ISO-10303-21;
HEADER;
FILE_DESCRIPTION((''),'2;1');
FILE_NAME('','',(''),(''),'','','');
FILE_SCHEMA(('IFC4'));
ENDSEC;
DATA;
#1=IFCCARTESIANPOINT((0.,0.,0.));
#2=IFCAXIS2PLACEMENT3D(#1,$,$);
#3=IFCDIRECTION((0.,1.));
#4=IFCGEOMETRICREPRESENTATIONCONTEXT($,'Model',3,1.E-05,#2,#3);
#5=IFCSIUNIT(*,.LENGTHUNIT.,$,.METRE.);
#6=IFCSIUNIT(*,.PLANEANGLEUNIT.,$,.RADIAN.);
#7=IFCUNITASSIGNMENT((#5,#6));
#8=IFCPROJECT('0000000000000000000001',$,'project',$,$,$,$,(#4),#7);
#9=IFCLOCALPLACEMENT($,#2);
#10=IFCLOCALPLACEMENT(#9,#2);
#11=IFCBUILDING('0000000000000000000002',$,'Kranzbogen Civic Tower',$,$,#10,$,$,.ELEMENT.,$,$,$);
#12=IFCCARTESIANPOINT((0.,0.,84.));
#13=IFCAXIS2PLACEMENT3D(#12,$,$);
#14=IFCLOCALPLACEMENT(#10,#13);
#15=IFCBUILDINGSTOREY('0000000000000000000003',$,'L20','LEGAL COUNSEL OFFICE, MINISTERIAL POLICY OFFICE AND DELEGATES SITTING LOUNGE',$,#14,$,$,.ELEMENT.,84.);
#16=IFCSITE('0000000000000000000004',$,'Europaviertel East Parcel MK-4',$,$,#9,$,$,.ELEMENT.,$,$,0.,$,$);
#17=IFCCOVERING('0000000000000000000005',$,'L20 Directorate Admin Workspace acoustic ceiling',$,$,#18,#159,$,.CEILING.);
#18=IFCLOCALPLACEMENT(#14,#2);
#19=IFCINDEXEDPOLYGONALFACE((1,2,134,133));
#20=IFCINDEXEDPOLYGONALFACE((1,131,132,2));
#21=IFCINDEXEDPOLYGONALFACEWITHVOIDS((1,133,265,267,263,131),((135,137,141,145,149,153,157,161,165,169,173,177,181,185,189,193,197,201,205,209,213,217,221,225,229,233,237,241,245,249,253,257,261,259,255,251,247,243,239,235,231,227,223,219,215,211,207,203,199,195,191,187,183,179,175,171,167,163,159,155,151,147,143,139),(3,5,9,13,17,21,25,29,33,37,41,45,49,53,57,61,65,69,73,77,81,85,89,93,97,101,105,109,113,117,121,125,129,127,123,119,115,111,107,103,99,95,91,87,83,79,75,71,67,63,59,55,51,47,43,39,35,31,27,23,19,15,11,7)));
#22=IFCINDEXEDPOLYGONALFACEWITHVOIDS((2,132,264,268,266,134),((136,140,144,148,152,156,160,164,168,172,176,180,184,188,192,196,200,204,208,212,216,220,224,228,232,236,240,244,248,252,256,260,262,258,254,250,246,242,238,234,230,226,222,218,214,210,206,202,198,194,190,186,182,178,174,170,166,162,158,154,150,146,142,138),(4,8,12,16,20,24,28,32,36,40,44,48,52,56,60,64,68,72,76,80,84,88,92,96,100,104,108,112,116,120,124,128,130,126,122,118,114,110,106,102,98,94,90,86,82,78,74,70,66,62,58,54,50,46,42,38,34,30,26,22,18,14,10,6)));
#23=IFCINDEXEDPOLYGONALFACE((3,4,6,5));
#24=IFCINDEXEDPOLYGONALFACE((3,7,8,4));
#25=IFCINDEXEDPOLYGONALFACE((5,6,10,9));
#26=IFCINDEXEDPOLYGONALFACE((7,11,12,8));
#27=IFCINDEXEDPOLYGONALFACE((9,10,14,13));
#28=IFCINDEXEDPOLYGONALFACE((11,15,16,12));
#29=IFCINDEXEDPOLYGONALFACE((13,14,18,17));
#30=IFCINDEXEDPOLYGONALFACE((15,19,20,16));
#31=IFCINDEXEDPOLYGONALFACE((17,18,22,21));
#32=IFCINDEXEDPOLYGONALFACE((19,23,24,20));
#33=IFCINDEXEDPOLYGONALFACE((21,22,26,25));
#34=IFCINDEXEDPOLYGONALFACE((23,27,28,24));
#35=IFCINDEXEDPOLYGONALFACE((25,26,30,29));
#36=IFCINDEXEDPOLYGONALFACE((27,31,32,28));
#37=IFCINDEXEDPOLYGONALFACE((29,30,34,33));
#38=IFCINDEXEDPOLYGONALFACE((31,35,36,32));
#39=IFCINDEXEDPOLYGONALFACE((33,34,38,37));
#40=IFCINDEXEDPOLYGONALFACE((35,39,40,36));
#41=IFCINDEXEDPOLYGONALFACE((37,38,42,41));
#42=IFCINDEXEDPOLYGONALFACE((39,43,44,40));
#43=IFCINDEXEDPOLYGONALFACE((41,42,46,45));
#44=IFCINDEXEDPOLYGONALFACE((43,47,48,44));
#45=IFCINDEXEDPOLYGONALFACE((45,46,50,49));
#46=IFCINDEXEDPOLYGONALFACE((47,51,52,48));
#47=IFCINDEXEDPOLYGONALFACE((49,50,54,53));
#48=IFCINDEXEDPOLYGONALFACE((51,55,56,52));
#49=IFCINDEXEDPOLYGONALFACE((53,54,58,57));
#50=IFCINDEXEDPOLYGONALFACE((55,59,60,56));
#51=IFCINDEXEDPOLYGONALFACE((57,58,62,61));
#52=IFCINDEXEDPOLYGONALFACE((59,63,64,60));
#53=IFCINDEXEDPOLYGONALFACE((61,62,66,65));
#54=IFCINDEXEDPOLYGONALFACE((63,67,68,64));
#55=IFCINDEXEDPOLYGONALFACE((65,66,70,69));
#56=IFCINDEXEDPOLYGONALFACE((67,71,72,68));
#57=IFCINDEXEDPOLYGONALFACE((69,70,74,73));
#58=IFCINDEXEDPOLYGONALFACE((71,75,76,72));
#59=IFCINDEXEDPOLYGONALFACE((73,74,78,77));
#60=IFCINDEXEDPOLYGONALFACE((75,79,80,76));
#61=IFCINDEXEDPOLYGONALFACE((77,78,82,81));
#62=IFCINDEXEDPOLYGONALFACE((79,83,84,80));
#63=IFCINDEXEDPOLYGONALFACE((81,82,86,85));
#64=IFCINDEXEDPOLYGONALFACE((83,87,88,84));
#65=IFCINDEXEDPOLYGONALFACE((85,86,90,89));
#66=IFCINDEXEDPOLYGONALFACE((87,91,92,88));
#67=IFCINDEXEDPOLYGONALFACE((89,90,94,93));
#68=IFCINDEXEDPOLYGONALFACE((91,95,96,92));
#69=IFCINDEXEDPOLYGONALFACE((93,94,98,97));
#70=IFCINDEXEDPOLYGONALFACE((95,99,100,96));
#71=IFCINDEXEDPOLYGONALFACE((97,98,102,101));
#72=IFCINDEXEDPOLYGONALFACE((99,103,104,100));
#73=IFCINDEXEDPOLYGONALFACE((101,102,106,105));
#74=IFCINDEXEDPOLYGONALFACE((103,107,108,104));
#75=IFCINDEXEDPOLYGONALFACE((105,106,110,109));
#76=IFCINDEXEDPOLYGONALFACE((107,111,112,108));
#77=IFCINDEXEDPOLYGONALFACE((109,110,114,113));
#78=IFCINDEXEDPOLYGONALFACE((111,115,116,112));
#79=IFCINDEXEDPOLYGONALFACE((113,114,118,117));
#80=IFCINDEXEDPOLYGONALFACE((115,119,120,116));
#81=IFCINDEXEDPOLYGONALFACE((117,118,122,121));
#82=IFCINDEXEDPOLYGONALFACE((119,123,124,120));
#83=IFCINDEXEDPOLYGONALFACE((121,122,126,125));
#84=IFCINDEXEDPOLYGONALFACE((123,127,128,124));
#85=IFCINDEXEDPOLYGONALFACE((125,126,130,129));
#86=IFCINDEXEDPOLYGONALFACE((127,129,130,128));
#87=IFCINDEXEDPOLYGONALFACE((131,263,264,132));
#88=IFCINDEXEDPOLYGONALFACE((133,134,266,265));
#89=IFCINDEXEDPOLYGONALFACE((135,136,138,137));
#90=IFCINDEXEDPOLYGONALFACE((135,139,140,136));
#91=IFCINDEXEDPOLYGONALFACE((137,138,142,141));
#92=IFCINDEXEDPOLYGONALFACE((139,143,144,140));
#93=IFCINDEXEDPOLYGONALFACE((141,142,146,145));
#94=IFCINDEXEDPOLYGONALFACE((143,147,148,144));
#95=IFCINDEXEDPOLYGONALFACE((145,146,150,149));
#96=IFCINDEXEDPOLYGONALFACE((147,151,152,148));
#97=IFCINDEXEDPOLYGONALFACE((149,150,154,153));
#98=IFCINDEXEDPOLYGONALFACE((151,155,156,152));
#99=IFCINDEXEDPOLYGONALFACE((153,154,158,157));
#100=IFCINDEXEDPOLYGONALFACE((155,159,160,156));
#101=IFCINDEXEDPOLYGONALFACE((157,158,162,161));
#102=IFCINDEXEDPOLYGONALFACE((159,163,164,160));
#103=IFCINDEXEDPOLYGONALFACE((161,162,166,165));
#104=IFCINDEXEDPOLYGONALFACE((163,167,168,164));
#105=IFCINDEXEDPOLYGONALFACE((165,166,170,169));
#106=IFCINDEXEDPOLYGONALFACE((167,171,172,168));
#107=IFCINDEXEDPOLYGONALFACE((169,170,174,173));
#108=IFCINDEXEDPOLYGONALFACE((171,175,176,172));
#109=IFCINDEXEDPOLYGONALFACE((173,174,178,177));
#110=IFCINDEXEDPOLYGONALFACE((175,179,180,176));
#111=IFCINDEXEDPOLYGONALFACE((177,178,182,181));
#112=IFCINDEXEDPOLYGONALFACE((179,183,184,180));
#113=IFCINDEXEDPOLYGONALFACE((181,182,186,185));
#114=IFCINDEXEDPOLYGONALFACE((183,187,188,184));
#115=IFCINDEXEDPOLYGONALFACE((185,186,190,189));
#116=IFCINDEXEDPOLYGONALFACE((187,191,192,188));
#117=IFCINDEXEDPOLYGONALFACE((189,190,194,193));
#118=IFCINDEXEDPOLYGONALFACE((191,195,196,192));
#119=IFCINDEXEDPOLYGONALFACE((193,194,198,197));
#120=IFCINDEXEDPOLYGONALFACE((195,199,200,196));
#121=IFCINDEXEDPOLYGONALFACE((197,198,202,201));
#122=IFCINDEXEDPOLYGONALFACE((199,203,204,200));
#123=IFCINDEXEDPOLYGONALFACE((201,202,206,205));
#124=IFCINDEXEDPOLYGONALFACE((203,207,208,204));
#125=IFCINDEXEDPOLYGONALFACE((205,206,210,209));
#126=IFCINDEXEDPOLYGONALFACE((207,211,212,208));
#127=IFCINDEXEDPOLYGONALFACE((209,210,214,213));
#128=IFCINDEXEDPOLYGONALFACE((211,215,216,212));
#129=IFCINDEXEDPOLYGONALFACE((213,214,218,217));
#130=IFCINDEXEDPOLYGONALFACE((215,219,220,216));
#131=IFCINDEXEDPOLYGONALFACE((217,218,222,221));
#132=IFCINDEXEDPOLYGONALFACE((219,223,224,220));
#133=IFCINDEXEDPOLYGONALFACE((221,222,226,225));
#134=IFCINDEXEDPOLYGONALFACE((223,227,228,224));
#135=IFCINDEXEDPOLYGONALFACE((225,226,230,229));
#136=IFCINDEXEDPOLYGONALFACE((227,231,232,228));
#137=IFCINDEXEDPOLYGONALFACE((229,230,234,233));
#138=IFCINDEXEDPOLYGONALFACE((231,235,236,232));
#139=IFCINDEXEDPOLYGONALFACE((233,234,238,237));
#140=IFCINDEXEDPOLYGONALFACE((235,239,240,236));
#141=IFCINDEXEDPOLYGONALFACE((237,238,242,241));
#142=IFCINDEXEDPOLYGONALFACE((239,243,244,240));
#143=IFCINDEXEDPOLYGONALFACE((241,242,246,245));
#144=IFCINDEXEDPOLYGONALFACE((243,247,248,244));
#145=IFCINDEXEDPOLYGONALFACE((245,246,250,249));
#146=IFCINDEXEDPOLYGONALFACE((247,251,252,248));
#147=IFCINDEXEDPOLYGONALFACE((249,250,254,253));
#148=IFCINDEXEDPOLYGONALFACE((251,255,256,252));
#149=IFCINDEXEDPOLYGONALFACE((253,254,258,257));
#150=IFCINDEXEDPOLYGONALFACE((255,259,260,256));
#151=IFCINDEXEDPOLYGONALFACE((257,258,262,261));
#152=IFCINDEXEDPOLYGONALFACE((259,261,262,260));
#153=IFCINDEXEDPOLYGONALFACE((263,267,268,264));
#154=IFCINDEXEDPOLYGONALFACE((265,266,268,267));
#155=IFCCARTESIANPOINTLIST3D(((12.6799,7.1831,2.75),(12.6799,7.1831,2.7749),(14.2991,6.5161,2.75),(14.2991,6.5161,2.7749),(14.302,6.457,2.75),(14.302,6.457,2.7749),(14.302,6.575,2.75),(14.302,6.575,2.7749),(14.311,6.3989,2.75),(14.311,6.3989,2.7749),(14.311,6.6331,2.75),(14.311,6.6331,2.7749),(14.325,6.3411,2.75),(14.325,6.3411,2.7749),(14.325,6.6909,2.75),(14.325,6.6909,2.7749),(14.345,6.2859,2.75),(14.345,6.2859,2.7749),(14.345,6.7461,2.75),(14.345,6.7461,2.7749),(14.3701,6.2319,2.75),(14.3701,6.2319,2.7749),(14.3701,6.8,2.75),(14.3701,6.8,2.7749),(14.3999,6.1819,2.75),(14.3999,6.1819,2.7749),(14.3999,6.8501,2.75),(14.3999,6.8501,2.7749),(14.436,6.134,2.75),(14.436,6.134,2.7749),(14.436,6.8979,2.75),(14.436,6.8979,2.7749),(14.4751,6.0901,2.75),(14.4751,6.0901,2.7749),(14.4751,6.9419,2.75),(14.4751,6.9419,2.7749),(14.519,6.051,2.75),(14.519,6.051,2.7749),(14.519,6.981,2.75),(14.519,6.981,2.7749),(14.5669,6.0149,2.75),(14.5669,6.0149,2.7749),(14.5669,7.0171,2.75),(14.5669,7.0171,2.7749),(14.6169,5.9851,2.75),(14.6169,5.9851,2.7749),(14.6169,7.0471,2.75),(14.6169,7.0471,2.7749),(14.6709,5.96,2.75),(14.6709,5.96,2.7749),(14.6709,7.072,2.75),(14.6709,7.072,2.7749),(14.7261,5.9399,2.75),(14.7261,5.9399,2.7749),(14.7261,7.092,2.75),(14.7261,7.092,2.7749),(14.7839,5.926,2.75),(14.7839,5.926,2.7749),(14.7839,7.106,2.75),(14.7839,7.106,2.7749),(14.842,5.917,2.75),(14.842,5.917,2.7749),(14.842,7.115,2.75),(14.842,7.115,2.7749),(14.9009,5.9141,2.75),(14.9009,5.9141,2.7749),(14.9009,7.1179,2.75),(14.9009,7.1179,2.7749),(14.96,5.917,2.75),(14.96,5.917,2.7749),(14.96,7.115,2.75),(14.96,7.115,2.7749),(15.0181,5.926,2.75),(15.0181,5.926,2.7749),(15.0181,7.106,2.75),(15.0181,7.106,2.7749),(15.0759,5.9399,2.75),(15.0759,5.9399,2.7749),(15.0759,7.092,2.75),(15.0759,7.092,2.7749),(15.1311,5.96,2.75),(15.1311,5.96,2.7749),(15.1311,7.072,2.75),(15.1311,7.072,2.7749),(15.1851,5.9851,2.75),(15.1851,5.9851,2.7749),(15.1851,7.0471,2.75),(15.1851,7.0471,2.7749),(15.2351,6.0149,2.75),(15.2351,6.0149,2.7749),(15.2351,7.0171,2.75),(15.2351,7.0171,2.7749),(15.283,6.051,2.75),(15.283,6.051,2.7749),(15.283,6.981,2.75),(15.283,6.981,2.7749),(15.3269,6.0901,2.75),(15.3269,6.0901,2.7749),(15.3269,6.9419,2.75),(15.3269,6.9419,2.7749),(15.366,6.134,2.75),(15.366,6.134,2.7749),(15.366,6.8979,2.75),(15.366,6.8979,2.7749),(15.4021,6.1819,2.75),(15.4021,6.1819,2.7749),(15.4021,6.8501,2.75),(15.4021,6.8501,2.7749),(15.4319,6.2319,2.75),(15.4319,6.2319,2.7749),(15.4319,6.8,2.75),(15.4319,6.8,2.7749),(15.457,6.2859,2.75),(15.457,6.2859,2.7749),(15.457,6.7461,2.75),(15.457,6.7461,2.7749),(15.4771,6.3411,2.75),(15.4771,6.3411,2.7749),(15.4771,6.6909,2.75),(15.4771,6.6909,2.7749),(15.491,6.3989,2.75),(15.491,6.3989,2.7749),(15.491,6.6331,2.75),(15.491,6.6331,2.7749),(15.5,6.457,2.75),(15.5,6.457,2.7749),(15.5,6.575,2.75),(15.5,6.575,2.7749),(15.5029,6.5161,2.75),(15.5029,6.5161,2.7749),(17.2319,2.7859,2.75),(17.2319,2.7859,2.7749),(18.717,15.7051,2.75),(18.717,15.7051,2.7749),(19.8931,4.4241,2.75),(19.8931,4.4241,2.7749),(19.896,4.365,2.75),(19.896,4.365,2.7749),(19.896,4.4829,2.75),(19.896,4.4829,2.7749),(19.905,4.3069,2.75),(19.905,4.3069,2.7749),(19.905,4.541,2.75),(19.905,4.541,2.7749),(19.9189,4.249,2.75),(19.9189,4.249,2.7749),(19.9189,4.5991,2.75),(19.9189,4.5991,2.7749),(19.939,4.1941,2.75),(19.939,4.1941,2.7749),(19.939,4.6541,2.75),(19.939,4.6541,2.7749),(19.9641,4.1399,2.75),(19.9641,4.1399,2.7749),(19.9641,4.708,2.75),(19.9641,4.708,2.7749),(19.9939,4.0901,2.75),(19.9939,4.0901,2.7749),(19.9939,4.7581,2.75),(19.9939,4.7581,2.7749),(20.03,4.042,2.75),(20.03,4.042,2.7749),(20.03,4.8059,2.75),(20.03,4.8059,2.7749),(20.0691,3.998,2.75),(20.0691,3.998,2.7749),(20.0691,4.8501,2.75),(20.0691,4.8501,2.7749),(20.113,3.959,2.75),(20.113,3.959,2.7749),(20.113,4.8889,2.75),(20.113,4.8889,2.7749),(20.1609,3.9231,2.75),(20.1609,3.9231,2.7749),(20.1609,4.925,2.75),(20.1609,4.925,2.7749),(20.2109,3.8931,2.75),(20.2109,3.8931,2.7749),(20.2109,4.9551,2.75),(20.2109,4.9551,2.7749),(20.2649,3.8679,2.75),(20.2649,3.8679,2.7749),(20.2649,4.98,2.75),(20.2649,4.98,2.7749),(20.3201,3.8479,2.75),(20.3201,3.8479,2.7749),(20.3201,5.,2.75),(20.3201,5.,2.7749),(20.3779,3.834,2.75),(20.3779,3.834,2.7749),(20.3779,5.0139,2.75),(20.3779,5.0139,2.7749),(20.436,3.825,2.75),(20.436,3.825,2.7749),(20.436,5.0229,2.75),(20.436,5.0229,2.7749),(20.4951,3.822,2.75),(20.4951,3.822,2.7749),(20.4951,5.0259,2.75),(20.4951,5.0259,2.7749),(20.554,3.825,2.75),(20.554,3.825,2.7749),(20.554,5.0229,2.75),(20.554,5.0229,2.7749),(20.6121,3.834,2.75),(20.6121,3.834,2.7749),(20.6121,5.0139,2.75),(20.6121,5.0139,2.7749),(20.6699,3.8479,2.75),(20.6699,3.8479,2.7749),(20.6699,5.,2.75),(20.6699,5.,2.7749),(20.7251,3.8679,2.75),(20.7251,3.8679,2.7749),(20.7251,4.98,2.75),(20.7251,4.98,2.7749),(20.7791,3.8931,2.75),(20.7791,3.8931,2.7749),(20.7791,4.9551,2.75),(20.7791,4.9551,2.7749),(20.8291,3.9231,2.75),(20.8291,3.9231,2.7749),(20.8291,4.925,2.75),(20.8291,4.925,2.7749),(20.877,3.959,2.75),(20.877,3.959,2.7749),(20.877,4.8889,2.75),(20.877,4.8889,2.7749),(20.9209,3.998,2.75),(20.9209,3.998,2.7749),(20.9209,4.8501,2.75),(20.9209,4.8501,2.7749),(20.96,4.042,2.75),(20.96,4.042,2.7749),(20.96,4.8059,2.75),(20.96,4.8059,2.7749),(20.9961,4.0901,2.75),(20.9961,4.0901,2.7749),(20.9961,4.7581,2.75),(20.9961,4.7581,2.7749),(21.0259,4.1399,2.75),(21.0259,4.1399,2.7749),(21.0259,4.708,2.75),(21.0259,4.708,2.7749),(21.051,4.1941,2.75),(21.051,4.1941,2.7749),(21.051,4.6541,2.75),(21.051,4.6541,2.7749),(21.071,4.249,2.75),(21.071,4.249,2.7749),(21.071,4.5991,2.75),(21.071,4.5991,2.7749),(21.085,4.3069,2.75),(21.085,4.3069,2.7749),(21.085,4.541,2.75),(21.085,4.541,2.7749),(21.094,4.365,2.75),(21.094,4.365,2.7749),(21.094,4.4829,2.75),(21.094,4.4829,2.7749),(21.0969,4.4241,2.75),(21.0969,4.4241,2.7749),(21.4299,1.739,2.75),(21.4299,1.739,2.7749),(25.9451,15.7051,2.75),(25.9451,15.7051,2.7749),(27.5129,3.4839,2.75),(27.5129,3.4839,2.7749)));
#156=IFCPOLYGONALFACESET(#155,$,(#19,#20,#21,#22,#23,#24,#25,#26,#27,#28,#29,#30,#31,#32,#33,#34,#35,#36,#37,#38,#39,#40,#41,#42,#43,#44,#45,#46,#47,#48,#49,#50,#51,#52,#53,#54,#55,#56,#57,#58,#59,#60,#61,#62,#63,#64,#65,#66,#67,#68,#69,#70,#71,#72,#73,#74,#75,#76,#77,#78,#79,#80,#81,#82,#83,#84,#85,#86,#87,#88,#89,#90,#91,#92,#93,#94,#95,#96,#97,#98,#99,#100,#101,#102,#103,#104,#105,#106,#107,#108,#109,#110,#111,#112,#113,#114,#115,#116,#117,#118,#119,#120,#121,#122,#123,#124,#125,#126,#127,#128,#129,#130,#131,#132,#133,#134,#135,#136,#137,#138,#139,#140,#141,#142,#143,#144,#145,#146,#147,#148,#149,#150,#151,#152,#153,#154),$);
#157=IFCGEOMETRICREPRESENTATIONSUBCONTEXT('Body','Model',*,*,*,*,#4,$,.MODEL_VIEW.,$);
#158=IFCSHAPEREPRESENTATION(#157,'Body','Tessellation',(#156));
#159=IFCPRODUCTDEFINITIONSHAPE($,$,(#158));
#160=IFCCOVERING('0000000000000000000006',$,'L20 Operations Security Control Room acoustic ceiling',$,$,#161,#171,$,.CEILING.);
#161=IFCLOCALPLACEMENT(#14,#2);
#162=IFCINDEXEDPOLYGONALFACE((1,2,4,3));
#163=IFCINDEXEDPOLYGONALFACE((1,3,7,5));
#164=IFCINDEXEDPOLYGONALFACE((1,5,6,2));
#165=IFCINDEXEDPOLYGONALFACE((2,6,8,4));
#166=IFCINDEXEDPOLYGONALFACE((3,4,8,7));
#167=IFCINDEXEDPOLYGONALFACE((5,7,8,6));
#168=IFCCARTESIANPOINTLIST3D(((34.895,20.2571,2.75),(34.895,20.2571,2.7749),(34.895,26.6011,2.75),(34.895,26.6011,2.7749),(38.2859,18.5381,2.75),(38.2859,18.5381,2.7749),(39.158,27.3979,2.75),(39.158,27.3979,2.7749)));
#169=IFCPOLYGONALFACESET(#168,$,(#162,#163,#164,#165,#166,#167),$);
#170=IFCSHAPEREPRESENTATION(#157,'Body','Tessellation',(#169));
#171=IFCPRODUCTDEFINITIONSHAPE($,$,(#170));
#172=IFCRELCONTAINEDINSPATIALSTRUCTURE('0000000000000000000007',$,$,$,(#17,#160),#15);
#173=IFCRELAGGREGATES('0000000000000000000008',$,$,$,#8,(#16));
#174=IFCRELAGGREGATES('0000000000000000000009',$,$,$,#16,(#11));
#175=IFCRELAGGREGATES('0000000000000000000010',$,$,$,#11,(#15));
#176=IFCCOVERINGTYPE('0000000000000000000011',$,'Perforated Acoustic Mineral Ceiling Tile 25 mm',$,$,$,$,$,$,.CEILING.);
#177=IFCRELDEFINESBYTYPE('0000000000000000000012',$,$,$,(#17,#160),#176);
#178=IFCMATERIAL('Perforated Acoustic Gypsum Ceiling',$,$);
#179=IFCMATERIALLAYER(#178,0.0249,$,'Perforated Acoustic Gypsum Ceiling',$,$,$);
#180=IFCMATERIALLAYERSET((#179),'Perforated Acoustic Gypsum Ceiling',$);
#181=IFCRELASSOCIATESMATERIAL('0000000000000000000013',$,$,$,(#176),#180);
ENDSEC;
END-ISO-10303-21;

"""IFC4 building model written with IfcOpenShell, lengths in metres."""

from ifc_helpers import new_model, si_unit, direction, frame, origin, place, context, subcontext, project, spatial, polyline, outline, extrude, material, layer, layer_set, type_object, element, save


model = new_model("IFC4")

# Units and contexts
model_context = context("Model", 3, precision=1e-05, world=origin(), true_north=direction((0.0, 1.0)))
body_context = subcontext(model_context, "Body", "Model", "MODEL_VIEW")
ifc_project = project(units=[si_unit("LENGTHUNIT", "METRE"), si_unit("PLANEANGLEUNIT", "RADIAN")], contexts=[model_context])

# Site, building, storey
site_placement = place(None, origin())
site = spatial("IfcSite", under=ifc_project, at=site_placement, Name="Europaviertel East Parcel MK-4", CompositionType="ELEMENT", RefElevation=0.0)
building_placement = place(site_placement, origin())
building = spatial("IfcBuilding", under=site, at=building_placement, Name="Kranzbogen Civic Tower", CompositionType="ELEMENT")
storey_placement = place(building_placement, frame((0.0, 0.0, 84.0)))
storey = spatial("IfcBuildingStorey", under=building, at=storey_placement, Name="L20", Description="LEGAL COUNSEL OFFICE, MINISTERIAL POLICY OFFICE AND DELEGATES SITTING LOUNGE", CompositionType="ELEMENT", Elevation=84.0)

# Coverings
ifc_material_1 = material(Name="Perforated Acoustic Gypsum Ceiling")
ifc_layer_1 = layer(ifc_material_1, 0.0249, Name="Perforated Acoustic Gypsum Ceiling")
ifc_layer_set_1 = layer_set([ifc_layer_1], Name="Perforated Acoustic Gypsum Ceiling")
covering_type_1 = type_object("IfcCoveringType", Name="Perforated Acoustic Mineral Ceiling Tile 25 mm", PredefinedType="CEILING", material=ifc_layer_set_1)
covering_1_placement = place(storey_placement, frame((0.0, 0.0, 2.75)))
element("IfcCovering", 1, at=covering_1_placement, inside=storey, type_object=covering_type_1, Name="L20 Directorate Admin Workspace acoustic ceiling", PredefinedType="CEILING", context=body_context, shape_type="SweptSolid", body=[
    extrude(outline(polyline([(17.2319, 2.7859), (12.6799, 7.1831), (18.717, 15.7051), (25.9451, 15.7051), (27.5129, 3.4839), (21.4299, 1.739), (17.2319, 2.7859)]), holes=[polyline([(21.051, 4.1941), (21.0259, 4.1399), (20.9961, 4.0901), (20.96, 4.042), (20.9209, 3.998), (20.877, 3.959), (20.8291, 3.9231), (20.7791, 3.8931), (20.7251, 3.8679), (20.6699, 3.8479), (20.6121, 3.834), (20.554, 3.825), (20.4951, 3.822), (20.436, 3.825), (20.3779, 3.834), (20.3201, 3.8479), (20.2649, 3.8679), (20.2109, 3.8931), (20.1609, 3.9231), (20.113, 3.959), (20.0691, 3.998), (20.03, 4.042), (19.9939, 4.0901), (19.9641, 4.1399), (19.939, 4.1941), (19.9189, 4.249), (19.905, 4.3069), (19.896, 4.365), (19.8931, 4.4241), (19.896, 4.4829), (19.905, 4.541), (19.9189, 4.5991), (19.939, 4.6541), (19.9641, 4.708), (19.9939, 4.7581), (20.03, 4.8059), (20.0691, 4.8501), (20.113, 4.8889), (20.1609, 4.925), (20.2109, 4.9551), (20.2649, 4.98), (20.3201, 5.0), (20.3779, 5.0139), (20.436, 5.0229), (20.4951, 5.0259), (20.554, 5.0229), (20.6121, 5.0139), (20.6699, 5.0), (20.7251, 4.98), (20.7791, 4.9551), (20.8291, 4.925), (20.877, 4.8889), (20.9209, 4.8501), (20.96, 4.8059), (20.9961, 4.7581), (21.0259, 4.708), (21.051, 4.6541), (21.071, 4.5991), (21.085, 4.541), (21.094, 4.4829), (21.0969, 4.4241), (21.094, 4.365), (21.085, 4.3069), (21.071, 4.249), (21.051, 4.1941)]), polyline([(15.457, 6.2859), (15.4319, 6.2319), (15.4021, 6.1819), (15.366, 6.134), (15.3269, 6.0901), (15.283, 6.051), (15.2351, 6.0149), (15.1851, 5.9851), (15.1311, 5.96), (15.0759, 5.9399), (15.0181, 5.926), (14.96, 5.917), (14.9009, 5.9141), (14.842, 5.917), (14.7839, 5.926), (14.7261, 5.9399), (14.6709, 5.96), (14.6169, 5.9851), (14.5669, 6.0149), (14.519, 6.051), (14.4751, 6.0901), (14.436, 6.134), (14.3999, 6.1819), (14.3701, 6.2319), (14.345, 6.2859), (14.325, 6.3411), (14.311, 6.3989), (14.302, 6.457), (14.2991, 6.5161), (14.302, 6.575), (14.311, 6.6331), (14.325, 6.6909), (14.345, 6.7461), (14.3701, 6.8), (14.3999, 6.8501), (14.436, 6.8979), (14.4751, 6.9419), (14.519, 6.981), (14.5669, 7.0171), (14.6169, 7.0471), (14.6709, 7.072), (14.7261, 7.092), (14.7839, 7.106), (14.842, 7.115), (14.9009, 7.1179), (14.96, 7.115), (15.0181, 7.106), (15.0759, 7.092), (15.1311, 7.072), (15.1851, 7.0471), (15.2351, 7.0171), (15.283, 6.981), (15.3269, 6.9419), (15.366, 6.8979), (15.4021, 6.8501), (15.4319, 6.8), (15.457, 6.7461), (15.4771, 6.6909), (15.491, 6.6331), (15.5, 6.575), (15.5029, 6.5161), (15.5, 6.457), (15.491, 6.3989), (15.4771, 6.3411), (15.457, 6.2859)])]), origin(), (0.0, 0.0, 1.0), 0.0249),
])
covering_2_placement = place(storey_placement, frame((0.0, 0.0, 2.75)))
element("IfcCovering", 2, at=covering_2_placement, inside=storey, type_object=covering_type_1, Name="L20 Operations Security Control Room acoustic ceiling", PredefinedType="CEILING", context=body_context, shape_type="SweptSolid", body=[
    extrude(outline(polyline([(34.895, 26.6011), (39.158, 27.3979), (38.2859, 18.5381), (34.895, 20.2571), (34.895, 26.6011)])), origin(), (0.0, 0.0, 1.0), 0.0249),
])

save(model, "model.ifc")
